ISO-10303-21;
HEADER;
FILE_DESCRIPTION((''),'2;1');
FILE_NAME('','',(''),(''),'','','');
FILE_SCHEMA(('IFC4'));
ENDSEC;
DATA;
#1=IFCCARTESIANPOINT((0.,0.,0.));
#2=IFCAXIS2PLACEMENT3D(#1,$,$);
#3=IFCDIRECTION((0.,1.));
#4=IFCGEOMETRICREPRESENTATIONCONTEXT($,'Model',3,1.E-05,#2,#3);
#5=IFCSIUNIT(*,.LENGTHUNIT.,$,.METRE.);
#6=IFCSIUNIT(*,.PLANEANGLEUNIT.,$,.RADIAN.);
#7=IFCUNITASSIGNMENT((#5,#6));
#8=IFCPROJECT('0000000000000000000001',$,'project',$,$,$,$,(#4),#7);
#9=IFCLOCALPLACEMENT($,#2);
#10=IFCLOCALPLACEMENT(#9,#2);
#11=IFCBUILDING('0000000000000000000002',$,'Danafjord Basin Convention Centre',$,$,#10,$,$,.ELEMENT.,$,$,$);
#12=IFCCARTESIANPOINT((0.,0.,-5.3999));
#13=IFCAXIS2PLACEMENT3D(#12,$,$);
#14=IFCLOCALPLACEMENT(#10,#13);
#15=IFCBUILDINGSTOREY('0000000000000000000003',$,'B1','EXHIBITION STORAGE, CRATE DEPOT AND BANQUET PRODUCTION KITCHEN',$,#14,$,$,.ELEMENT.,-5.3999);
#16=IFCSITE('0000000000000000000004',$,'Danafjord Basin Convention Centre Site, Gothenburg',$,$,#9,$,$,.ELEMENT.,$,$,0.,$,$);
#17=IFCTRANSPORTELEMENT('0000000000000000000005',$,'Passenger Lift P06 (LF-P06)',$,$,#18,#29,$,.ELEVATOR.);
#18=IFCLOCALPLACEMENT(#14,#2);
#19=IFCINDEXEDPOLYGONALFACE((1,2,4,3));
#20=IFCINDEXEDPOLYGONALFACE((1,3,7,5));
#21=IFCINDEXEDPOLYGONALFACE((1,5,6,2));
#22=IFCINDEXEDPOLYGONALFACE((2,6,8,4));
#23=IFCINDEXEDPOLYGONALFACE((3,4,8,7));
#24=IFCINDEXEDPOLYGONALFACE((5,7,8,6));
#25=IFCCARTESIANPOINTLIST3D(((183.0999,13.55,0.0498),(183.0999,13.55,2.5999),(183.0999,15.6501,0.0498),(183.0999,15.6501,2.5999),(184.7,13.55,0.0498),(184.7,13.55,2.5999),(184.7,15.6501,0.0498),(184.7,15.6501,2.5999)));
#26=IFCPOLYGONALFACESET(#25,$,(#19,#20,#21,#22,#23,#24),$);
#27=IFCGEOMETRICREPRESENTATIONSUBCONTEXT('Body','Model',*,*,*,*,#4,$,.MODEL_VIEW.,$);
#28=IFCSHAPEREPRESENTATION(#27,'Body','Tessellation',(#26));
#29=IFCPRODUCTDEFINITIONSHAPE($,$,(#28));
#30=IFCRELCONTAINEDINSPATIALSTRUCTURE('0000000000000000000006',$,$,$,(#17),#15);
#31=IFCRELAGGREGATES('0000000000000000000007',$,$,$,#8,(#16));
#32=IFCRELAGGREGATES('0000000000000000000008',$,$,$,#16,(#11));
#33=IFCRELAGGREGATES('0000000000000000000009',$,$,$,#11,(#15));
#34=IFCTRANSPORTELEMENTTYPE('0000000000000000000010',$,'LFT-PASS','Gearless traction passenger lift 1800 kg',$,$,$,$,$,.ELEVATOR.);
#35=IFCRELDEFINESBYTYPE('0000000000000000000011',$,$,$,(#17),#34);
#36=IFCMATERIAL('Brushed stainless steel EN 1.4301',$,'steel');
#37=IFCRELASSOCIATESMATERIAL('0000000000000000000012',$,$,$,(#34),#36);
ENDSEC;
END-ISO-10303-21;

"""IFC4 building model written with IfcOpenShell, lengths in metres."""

from ifc_helpers import new_model, si_unit, direction, frame, origin, origin_2d, place, context, subcontext, project, spatial, rectangle, extrude, material, type_object, element, save


model = new_model("IFC4")

# Units and contexts
model_context = context("Model", 3, precision=1e-05, world=origin(), true_north=direction((0.0, 1.0)))
body_context = subcontext(model_context, "Body", "Model", "MODEL_VIEW")
ifc_project = project(units=[si_unit("LENGTHUNIT", "METRE"), si_unit("PLANEANGLEUNIT", "RADIAN")], contexts=[model_context])

# Site, building, storey
site_placement = place(None, origin())
site = spatial("IfcSite", under=ifc_project, at=site_placement, Name="Danafjord Basin Convention Centre Site, Gothenburg", CompositionType="ELEMENT", RefElevation=0.0)
building_placement = place(site_placement, origin())
building = spatial("IfcBuilding", under=site, at=building_placement, Name="Danafjord Basin Convention Centre", CompositionType="ELEMENT")
storey_placement = place(building_placement, frame((0.0, 0.0, -5.3999)))
storey = spatial("IfcBuildingStorey", under=building, at=storey_placement, Name="B1", Description="EXHIBITION STORAGE, CRATE DEPOT AND BANQUET PRODUCTION KITCHEN", CompositionType="ELEMENT", Elevation=-5.3999)

# Transport element
ifc_material_1 = material(Name="Brushed stainless steel EN 1.4301", Category="steel")
transport_element_type = type_object("IfcTransportElementType", Name="LFT-PASS", Description="Gearless traction passenger lift 1800 kg", PredefinedType="ELEVATOR", material=ifc_material_1)
transport_element_placement = place(storey_placement, frame((183.8999, 14.6001, 0.0498), z_axis=(0.0, 0.0, 1.0), x_axis=(1.0, 0.0, 0.0)))
element("IfcTransportElement", 1, at=transport_element_placement, inside=storey, type_object=transport_element_type, Name="Passenger Lift P06 (LF-P06)", PredefinedType="ELEVATOR", context=body_context, shape_type="SweptSolid", body=[
    extrude(rectangle(XDim=1.6001, YDim=2.1001, at=origin_2d()), origin(), (0.0, 0.0, 1.0), 2.55),
])

save(model, "model.ifc")
